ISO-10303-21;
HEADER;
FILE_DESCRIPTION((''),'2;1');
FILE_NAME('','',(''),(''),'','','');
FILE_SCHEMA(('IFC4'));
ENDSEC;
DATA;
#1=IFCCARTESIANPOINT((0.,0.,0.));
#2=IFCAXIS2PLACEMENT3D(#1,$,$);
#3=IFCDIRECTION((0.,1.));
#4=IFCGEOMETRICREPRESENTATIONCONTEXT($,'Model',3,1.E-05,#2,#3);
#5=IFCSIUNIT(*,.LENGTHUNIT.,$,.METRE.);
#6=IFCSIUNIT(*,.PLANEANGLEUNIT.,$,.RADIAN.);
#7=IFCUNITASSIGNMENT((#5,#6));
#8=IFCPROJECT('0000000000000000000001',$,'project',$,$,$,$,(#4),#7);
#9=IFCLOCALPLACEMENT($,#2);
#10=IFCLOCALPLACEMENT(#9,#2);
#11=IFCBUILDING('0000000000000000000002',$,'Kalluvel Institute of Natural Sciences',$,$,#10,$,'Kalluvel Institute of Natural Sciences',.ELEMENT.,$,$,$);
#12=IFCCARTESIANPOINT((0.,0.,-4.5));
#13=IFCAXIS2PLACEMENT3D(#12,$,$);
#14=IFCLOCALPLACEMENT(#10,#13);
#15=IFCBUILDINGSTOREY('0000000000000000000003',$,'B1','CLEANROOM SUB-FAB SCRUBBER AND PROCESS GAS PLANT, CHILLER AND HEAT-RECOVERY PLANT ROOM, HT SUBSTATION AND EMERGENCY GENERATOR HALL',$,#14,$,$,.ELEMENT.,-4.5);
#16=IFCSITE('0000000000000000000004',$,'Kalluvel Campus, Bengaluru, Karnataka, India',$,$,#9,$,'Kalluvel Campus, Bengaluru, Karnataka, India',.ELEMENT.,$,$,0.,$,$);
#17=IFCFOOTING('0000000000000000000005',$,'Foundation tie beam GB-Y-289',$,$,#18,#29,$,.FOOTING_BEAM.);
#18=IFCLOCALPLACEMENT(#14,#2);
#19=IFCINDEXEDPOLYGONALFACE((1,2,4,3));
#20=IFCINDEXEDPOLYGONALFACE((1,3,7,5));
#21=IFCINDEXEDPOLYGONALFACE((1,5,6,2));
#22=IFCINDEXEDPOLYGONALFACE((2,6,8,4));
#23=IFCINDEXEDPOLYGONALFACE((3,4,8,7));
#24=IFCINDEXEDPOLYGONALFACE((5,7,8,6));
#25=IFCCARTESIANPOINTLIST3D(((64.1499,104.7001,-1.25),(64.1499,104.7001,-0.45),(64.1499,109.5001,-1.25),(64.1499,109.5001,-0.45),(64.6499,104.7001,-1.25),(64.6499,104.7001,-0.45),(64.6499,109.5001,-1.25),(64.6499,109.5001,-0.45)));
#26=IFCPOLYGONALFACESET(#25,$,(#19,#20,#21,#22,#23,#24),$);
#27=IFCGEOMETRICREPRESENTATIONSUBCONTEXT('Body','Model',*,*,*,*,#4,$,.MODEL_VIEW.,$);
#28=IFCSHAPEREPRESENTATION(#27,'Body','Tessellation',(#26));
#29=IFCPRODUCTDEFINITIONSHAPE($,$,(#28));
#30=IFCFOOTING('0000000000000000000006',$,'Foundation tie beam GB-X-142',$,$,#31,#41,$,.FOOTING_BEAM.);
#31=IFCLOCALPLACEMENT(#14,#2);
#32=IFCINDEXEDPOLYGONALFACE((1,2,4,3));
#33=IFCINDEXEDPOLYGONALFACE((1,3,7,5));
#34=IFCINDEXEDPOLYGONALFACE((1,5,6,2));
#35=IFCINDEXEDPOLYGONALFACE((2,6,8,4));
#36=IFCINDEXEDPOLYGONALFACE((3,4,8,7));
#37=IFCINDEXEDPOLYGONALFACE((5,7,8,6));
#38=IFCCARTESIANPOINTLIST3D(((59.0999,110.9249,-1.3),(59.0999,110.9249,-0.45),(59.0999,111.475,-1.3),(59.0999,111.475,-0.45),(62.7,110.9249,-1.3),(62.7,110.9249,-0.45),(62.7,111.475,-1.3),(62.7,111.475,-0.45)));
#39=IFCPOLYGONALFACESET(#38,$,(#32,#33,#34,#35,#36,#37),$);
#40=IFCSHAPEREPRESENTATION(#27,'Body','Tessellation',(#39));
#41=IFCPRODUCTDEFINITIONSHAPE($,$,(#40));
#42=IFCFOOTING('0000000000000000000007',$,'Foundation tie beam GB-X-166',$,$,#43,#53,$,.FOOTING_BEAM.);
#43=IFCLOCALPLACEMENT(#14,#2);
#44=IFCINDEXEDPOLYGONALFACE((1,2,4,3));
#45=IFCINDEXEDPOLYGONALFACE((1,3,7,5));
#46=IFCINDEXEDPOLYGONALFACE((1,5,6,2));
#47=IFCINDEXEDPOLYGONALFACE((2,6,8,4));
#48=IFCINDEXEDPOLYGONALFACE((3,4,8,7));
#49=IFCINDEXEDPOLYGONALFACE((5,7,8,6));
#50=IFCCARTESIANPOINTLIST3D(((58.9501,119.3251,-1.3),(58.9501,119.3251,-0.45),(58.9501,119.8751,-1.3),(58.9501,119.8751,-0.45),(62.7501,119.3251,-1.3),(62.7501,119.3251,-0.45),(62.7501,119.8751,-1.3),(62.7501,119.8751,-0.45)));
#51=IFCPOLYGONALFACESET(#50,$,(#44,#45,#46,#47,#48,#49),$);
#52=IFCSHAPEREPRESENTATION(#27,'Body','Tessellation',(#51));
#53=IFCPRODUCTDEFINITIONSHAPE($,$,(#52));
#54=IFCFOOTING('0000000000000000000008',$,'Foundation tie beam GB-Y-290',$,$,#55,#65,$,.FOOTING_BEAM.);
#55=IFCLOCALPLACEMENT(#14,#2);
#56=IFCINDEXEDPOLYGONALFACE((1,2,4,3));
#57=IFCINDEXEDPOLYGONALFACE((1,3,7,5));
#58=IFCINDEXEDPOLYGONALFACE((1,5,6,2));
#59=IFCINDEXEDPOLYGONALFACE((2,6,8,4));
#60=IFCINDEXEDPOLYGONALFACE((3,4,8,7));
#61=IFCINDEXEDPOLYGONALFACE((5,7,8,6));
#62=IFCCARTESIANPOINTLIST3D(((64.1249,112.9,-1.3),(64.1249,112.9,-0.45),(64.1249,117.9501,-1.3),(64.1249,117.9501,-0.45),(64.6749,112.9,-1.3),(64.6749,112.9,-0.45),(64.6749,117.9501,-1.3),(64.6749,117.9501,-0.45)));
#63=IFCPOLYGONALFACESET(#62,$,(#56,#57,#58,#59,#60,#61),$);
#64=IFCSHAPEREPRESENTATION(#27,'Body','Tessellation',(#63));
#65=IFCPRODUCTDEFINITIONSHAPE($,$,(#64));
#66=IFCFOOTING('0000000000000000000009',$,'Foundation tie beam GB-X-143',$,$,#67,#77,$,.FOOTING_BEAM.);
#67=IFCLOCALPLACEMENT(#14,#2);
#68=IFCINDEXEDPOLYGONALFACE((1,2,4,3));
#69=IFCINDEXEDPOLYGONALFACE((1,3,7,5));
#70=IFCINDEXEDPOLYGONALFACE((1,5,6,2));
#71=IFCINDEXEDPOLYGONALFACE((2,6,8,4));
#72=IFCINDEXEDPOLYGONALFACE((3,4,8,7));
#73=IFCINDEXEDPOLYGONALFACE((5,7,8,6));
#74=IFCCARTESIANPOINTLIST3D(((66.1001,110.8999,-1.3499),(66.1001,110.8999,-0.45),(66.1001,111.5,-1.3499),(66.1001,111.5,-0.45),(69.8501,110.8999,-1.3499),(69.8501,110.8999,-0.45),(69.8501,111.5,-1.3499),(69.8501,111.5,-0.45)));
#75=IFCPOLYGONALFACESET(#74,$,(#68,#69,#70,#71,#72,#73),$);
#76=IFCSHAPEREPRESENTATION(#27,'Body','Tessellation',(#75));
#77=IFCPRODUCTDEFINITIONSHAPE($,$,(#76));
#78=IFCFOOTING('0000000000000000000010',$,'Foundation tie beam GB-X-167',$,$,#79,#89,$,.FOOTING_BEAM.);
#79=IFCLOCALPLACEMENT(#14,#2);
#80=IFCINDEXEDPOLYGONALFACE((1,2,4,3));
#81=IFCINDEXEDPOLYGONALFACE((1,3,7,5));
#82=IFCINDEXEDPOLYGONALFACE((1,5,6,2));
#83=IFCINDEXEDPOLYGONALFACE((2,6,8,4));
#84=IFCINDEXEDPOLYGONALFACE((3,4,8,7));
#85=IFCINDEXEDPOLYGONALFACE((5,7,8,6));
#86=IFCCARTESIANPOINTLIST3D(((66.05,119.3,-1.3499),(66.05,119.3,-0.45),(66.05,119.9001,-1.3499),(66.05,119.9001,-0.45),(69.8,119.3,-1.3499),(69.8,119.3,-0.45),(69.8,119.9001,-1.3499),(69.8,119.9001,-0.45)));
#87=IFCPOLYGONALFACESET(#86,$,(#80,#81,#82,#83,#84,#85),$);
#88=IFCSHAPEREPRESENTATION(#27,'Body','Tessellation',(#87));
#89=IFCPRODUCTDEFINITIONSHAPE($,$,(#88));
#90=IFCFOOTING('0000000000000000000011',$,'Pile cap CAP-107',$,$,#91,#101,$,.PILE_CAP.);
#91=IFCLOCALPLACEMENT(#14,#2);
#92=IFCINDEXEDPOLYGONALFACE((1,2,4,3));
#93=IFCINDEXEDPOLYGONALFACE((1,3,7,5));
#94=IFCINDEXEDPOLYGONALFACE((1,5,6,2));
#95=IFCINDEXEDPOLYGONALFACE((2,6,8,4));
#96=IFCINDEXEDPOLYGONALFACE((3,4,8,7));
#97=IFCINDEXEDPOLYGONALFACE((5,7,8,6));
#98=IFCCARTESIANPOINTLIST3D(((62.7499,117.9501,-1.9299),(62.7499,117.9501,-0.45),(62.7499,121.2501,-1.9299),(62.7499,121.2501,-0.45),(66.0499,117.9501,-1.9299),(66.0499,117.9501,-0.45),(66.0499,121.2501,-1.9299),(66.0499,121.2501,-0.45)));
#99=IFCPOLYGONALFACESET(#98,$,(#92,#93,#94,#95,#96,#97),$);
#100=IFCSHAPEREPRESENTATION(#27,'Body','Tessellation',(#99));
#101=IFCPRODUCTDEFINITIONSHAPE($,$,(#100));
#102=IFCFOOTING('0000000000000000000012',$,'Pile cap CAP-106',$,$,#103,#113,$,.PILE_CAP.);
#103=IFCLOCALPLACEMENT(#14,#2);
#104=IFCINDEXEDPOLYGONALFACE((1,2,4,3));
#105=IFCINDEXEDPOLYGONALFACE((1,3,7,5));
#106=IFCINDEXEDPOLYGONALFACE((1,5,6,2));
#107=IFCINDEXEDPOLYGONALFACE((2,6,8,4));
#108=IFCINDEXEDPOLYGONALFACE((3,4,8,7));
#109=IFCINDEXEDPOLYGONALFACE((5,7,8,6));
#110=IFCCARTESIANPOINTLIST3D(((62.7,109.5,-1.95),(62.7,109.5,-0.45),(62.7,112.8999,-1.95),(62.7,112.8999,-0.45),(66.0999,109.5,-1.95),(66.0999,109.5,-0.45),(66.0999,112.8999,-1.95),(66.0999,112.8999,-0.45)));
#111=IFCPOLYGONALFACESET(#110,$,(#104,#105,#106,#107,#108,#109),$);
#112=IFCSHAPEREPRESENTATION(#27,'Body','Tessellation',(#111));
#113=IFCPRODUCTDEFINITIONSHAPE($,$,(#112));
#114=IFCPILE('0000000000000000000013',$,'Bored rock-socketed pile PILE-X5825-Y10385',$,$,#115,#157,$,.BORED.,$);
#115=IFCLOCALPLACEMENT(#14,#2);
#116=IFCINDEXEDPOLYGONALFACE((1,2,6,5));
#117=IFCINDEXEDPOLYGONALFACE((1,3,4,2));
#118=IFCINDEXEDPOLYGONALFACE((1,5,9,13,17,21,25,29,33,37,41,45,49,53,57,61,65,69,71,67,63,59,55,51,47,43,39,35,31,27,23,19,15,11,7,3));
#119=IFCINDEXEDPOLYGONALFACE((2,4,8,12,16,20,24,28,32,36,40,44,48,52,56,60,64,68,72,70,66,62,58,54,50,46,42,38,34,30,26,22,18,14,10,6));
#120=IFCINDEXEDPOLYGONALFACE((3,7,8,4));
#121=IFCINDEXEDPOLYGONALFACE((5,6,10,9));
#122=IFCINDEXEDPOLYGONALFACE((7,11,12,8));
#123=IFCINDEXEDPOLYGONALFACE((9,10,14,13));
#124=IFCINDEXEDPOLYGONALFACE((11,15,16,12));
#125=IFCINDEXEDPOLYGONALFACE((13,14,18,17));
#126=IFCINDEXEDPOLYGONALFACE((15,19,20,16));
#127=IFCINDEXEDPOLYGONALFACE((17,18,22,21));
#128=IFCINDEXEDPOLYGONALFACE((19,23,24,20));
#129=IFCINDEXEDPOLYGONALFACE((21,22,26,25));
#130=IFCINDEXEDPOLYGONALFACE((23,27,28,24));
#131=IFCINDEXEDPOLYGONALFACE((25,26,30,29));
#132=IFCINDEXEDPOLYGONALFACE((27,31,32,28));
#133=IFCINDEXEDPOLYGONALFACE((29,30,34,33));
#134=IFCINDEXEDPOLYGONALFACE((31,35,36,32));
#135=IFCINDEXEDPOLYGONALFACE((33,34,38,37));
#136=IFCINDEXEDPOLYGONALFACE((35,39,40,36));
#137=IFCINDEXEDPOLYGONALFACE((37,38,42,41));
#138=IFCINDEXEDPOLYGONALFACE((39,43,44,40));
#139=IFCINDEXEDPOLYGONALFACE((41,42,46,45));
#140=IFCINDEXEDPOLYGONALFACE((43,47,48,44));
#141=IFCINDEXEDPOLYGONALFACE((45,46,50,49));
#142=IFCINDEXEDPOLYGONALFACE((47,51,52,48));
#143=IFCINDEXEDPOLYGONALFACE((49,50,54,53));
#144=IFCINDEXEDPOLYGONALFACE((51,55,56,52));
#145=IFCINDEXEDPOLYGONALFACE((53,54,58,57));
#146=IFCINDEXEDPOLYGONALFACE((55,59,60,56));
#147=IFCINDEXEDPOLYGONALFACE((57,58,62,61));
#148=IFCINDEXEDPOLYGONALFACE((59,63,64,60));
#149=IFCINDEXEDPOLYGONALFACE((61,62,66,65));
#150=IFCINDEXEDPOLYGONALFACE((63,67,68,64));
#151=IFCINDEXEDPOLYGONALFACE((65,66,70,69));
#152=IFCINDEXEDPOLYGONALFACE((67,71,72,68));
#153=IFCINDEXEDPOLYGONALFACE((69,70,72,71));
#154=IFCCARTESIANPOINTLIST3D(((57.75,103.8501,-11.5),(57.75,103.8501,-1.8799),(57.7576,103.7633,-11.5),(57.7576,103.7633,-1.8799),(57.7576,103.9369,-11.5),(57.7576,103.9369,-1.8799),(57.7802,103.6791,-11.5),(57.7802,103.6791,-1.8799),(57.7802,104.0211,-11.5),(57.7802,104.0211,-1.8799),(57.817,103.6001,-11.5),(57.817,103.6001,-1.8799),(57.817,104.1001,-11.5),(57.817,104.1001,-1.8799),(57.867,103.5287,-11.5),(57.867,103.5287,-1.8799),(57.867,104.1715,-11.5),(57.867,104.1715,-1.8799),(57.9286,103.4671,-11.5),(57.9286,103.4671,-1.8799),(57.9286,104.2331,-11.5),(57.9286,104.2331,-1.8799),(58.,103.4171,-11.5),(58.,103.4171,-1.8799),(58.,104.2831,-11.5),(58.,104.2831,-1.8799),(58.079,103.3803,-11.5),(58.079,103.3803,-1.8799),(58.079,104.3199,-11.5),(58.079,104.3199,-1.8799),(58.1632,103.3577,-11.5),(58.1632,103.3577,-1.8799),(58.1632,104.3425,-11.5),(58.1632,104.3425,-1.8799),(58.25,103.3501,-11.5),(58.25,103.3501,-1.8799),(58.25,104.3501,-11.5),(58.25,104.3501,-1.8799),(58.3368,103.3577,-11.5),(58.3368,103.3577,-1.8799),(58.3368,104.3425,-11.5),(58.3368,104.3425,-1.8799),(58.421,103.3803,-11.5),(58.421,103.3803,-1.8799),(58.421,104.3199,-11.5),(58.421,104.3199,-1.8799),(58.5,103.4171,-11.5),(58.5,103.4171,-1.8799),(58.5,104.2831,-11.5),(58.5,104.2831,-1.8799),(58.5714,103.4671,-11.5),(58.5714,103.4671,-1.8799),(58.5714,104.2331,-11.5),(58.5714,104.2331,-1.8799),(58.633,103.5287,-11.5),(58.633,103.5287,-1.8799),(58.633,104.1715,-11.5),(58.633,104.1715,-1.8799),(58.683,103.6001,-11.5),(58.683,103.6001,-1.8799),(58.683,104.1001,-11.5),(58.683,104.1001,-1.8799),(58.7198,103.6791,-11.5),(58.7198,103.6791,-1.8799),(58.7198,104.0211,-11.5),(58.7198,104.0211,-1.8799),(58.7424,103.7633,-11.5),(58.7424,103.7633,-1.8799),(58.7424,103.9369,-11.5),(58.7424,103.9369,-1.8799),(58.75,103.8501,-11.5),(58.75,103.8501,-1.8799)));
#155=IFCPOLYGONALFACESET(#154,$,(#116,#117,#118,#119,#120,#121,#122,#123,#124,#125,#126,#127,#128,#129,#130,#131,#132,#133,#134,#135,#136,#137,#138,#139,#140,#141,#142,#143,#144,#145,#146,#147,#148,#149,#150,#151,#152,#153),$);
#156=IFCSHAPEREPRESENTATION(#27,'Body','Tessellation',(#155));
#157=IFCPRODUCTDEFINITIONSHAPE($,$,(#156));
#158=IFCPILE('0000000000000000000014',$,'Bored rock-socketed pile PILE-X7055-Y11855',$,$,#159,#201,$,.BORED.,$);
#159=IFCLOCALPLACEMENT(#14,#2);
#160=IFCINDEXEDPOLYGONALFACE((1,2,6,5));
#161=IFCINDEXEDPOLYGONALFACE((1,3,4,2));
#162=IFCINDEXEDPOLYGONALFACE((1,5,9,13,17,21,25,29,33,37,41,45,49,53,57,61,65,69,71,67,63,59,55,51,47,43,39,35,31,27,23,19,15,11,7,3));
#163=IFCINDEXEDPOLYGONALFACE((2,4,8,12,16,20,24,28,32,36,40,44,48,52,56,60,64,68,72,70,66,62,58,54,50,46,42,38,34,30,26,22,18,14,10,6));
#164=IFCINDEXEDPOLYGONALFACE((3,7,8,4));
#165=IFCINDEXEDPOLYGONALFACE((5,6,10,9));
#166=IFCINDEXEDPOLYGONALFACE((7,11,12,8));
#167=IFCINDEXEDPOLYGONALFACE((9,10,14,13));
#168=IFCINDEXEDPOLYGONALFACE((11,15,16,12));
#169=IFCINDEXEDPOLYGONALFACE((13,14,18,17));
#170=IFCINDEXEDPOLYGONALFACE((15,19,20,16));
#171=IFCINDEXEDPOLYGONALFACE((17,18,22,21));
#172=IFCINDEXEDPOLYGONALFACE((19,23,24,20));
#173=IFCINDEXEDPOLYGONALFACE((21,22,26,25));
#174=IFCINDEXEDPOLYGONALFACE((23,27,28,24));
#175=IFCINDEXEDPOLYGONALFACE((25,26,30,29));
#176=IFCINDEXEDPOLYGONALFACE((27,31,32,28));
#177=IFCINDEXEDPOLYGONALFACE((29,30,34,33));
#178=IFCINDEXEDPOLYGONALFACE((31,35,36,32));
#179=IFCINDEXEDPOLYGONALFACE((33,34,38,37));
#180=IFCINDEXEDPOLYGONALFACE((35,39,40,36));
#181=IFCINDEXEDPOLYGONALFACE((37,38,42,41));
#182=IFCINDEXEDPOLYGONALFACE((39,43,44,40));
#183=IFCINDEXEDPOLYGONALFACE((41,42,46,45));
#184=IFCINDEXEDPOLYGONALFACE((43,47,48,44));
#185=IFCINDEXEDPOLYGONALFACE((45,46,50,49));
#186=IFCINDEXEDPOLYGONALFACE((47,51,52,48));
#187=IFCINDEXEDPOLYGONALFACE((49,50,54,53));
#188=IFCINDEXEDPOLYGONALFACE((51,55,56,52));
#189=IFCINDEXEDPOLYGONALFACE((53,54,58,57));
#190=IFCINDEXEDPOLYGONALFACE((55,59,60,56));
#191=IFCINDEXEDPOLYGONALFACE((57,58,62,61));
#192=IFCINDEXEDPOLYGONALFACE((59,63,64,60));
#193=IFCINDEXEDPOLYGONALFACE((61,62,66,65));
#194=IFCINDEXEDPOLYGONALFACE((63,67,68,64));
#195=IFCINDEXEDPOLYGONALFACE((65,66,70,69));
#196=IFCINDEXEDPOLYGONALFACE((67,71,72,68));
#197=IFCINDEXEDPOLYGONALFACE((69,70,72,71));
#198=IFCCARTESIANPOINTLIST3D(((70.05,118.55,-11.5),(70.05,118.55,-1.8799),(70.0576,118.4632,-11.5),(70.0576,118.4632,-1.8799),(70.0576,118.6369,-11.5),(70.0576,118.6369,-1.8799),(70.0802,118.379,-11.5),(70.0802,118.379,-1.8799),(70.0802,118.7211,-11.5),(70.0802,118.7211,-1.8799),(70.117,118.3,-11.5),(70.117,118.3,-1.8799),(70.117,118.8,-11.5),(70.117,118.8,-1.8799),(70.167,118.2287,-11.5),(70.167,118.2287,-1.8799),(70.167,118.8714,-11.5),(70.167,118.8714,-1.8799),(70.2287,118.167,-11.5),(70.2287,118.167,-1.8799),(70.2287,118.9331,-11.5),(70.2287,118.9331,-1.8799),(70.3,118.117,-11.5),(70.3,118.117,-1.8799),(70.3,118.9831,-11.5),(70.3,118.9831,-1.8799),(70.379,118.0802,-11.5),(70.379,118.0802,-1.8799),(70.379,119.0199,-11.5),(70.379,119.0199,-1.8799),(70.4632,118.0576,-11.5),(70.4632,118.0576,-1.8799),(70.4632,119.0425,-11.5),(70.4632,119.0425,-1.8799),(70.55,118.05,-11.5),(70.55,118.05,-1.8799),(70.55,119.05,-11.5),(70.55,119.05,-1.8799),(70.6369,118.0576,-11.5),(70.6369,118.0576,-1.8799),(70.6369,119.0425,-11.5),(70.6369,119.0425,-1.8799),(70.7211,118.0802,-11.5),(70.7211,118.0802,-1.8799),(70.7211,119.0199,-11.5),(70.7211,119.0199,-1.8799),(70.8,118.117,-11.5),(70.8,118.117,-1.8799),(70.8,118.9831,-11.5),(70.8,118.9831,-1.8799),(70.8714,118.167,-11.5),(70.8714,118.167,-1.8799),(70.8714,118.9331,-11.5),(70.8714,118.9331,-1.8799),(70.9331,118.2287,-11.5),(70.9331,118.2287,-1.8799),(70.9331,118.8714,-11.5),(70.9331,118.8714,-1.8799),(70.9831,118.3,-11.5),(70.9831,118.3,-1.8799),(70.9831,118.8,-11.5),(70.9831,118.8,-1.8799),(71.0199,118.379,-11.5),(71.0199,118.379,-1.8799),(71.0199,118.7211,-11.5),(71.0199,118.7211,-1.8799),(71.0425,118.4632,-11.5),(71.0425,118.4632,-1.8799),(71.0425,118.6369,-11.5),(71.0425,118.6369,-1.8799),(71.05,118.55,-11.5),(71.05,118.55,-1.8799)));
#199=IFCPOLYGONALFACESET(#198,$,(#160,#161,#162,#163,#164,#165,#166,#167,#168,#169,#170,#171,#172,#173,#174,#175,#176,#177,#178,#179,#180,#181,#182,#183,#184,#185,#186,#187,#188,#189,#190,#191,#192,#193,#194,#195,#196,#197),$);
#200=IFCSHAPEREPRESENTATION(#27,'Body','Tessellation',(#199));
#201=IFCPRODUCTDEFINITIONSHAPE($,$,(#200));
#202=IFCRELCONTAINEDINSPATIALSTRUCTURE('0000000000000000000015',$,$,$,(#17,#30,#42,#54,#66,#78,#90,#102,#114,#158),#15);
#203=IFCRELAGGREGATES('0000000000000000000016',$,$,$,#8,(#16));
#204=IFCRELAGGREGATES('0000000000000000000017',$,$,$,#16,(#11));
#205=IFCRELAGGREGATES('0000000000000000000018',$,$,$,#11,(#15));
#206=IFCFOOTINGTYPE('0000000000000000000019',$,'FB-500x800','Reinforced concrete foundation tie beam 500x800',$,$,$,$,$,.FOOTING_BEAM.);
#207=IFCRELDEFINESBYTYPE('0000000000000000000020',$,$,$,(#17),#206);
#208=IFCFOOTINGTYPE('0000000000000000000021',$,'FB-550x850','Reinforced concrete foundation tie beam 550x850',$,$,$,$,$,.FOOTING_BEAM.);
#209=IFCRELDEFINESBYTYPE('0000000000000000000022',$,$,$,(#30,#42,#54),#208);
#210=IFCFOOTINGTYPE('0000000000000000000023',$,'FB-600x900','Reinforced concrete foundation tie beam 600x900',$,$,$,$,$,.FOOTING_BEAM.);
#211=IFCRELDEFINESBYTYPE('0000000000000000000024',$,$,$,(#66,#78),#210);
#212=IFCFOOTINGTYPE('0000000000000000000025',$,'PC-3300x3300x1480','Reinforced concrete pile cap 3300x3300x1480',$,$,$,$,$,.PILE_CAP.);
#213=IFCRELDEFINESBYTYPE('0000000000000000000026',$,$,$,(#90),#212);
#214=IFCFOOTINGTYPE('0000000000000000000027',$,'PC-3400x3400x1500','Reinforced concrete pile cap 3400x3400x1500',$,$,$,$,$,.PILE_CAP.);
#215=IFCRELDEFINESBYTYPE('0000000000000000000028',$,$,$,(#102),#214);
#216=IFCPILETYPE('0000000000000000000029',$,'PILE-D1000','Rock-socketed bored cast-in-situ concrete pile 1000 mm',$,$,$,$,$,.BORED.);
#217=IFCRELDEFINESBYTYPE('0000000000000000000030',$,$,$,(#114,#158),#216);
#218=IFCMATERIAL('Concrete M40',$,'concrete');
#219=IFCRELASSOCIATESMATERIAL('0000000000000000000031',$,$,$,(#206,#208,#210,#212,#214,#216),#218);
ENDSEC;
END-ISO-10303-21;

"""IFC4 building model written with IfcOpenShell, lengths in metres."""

from ifc_helpers import new_model, si_unit, direction, frame, origin, origin_2d, place, context, subcontext, project, spatial, rectangle, circle, extrude, material, material_profile, profile_set, type_object, element, save


model = new_model("IFC4")

# Units and contexts
model_context = context("Model", 3, precision=1e-05, world=origin(), true_north=direction((0.0, 1.0)))
body_context = subcontext(model_context, "Body", "Model", "MODEL_VIEW")
ifc_project = project(units=[si_unit("LENGTHUNIT", "METRE"), si_unit("PLANEANGLEUNIT", "RADIAN")], contexts=[model_context])

# Site, building, storey
site_placement = place(None, origin())
site = spatial("IfcSite", under=ifc_project, at=site_placement, Name="Kalluvel Campus, Bengaluru, Karnataka, India", LongName="Kalluvel Campus, Bengaluru, Karnataka, India", CompositionType="ELEMENT", RefElevation=0.0)
building_placement = place(site_placement, origin())
building = spatial("IfcBuilding", under=site, at=building_placement, Name="Kalluvel Institute of Natural Sciences", LongName="Kalluvel Institute of Natural Sciences", CompositionType="ELEMENT")
storey_placement = place(building_placement, frame((0.0, 0.0, -4.5)))
storey = spatial("IfcBuildingStorey", under=building, at=storey_placement, Name="B1", Description="CLEANROOM SUB-FAB SCRUBBER AND PROCESS GAS PLANT, CHILLER AND HEAT-RECOVERY PLANT ROOM, HT SUBSTATION AND EMERGENCY GENERATOR HALL", CompositionType="ELEMENT", Elevation=-4.5)

# Footings
ifc_material_1 = material(Name="Concrete M40", Category="concrete")
footing_type_1 = type_object("IfcFootingType", Name="FB-500x800", Description="Reinforced concrete foundation tie beam 500x800", PredefinedType="FOOTING_BEAM", material=ifc_material_1)
footing_1_placement = place(storey_placement, frame((64.3999, 107.1001, -1.25), z_axis=(0.0, 0.0, 1.0), x_axis=(1.0, 0.0, 0.0)))
element("IfcFooting", 1, at=footing_1_placement, inside=storey, type_object=footing_type_1, Name="Foundation tie beam GB-Y-289", PredefinedType="FOOTING_BEAM", context=body_context, shape_type="SweptSolid", body=[
    extrude(rectangle(XDim=0.5, YDim=4.8, at=origin_2d()), origin(), (0.0, 0.0, 1.0), 0.8),
])
footing_type_2 = type_object("IfcFootingType", Name="FB-550x850", Description="Reinforced concrete foundation tie beam 550x850", PredefinedType="FOOTING_BEAM", material=ifc_material_1)
footing_2_placement = place(storey_placement, frame((60.8999, 111.2, -1.3), z_axis=(0.0, 0.0, 1.0), x_axis=(1.0, 0.0, 0.0)))
element("IfcFooting", 2, at=footing_2_placement, inside=storey, type_object=footing_type_2, Name="Foundation tie beam GB-X-142", PredefinedType="FOOTING_BEAM", context=body_context, shape_type="SweptSolid", body=[
    extrude(rectangle(XDim=3.6001, YDim=0.55, at=origin_2d()), origin(), (0.0, 0.0, 1.0), 0.8501),
])
footing_3_placement = place(storey_placement, frame((60.8501, 119.6001, -1.3), z_axis=(0.0, 0.0, 1.0), x_axis=(1.0, 0.0, 0.0)))
element("IfcFooting", 3, at=footing_3_placement, inside=storey, type_object=footing_type_2, Name="Foundation tie beam GB-X-166", PredefinedType="FOOTING_BEAM", context=body_context, shape_type="SweptSolid", body=[
    extrude(rectangle(XDim=3.8, YDim=0.55, at=origin_2d()), origin(), (0.0, 0.0, 1.0), 0.8501),
])
footing_4_placement = place(storey_placement, frame((64.3999, 115.425, -1.3), z_axis=(0.0, 0.0, 1.0), x_axis=(1.0, 0.0, 0.0)))
element("IfcFooting", 4, at=footing_4_placement, inside=storey, type_object=footing_type_2, Name="Foundation tie beam GB-Y-290", PredefinedType="FOOTING_BEAM", context=body_context, shape_type="SweptSolid", body=[
    extrude(rectangle(XDim=0.55, YDim=5.05, at=origin_2d()), origin(), (0.0, 0.0, 1.0), 0.8501),
])
footing_type_3 = type_object("IfcFootingType", Name="FB-600x900", Description="Reinforced concrete foundation tie beam 600x900", PredefinedType="FOOTING_BEAM", material=ifc_material_1)
for number, where, z_axis, x_axis, name in (
    (5, (67.9751, 111.2, -1.3499), (0.0, 0.0, 1.0), (1.0, 0.0, 0.0), "Foundation tie beam GB-X-143"),
    (6, (67.925, 119.6001, -1.3499), (0.0, 0.0, 1.0), (1.0, 0.0, 0.0), "Foundation tie beam GB-X-167"),
):
    element("IfcFooting", number, at=place(storey_placement, frame(where, z_axis=z_axis, x_axis=x_axis)), inside=storey, type_object=footing_type_3, Name=name, PredefinedType="FOOTING_BEAM", context=body_context, shape_type="SweptSolid", body=[
        extrude(rectangle(XDim=3.75, YDim=0.6001, at=origin_2d()), origin(), (0.0, 0.0, 1.0), 0.8999),
    ])
footing_type_4 = type_object("IfcFootingType", Name="PC-3300x3300x1480", Description="Reinforced concrete pile cap 3300x3300x1480", PredefinedType="PILE_CAP", material=ifc_material_1)
footing_5_placement = place(storey_placement, frame((64.3999, 119.6001, -1.9299), z_axis=(0.0, 0.0, 1.0), x_axis=(1.0, 0.0, 0.0)))
element("IfcFooting", 7, at=footing_5_placement, inside=storey, type_object=footing_type_4, Name="Pile cap CAP-107", PredefinedType="PILE_CAP", context=body_context, shape_type="SweptSolid", body=[
    extrude(rectangle(XDim=3.3, YDim=3.3, at=origin_2d()), origin(), (0.0, 0.0, 1.0), 1.48),
])
footing_type_5 = type_object("IfcFootingType", Name="PC-3400x3400x1500", Description="Reinforced concrete pile cap 3400x3400x1500", PredefinedType="PILE_CAP", material=ifc_material_1)
footing_6_placement = place(storey_placement, frame((64.3999, 111.2, -1.95), z_axis=(0.0, 0.0, 1.0), x_axis=(1.0, 0.0, 0.0)))
element("IfcFooting", 8, at=footing_6_placement, inside=storey, type_object=footing_type_5, Name="Pile cap CAP-106", PredefinedType="PILE_CAP", context=body_context, shape_type="SweptSolid", body=[
    extrude(rectangle(XDim=3.3999, YDim=3.3999, at=origin_2d()), origin(), (0.0, 0.0, 1.0), 1.5),
])

# Piles
ifc_material_profile_1 = material_profile(ifc_material_1, circle(Radius=0.5, at=origin_2d()), Name="PILE D1000")
ifc_profile_set_1 = profile_set([ifc_material_profile_1], Name="Concrete M40")
pile_type_1 = type_object("IfcPileType", Name="PILE-D1000", Description="Rock-socketed bored cast-in-situ concrete pile 1000 mm", PredefinedType="BORED", material=ifc_profile_set_1)
for number, where, z_axis, x_axis, name in (
    (9, (58.25, 103.8501, -1.8799), (0.0, 0.0, -1.0), (1.0, 0.0, 0.0), "Bored rock-socketed pile PILE-X5825-Y10385"),
    (10, (70.55, 118.55, -1.8799), (0.0, 0.0, -1.0), (1.0, 0.0, 0.0), "Bored rock-socketed pile PILE-X7055-Y11855"),
):
    element("IfcPile", number, at=place(storey_placement, frame(where, z_axis=z_axis, x_axis=x_axis)), inside=storey, type_object=pile_type_1, Name=name, PredefinedType="BORED", context=body_context, shape_type="SweptSolid", body=[
        extrude(circle(Radius=0.5, at=origin_2d()), origin(), (0.0, 0.0, 1.0), 9.6201),
    ])

save(model, "model.ifc")
